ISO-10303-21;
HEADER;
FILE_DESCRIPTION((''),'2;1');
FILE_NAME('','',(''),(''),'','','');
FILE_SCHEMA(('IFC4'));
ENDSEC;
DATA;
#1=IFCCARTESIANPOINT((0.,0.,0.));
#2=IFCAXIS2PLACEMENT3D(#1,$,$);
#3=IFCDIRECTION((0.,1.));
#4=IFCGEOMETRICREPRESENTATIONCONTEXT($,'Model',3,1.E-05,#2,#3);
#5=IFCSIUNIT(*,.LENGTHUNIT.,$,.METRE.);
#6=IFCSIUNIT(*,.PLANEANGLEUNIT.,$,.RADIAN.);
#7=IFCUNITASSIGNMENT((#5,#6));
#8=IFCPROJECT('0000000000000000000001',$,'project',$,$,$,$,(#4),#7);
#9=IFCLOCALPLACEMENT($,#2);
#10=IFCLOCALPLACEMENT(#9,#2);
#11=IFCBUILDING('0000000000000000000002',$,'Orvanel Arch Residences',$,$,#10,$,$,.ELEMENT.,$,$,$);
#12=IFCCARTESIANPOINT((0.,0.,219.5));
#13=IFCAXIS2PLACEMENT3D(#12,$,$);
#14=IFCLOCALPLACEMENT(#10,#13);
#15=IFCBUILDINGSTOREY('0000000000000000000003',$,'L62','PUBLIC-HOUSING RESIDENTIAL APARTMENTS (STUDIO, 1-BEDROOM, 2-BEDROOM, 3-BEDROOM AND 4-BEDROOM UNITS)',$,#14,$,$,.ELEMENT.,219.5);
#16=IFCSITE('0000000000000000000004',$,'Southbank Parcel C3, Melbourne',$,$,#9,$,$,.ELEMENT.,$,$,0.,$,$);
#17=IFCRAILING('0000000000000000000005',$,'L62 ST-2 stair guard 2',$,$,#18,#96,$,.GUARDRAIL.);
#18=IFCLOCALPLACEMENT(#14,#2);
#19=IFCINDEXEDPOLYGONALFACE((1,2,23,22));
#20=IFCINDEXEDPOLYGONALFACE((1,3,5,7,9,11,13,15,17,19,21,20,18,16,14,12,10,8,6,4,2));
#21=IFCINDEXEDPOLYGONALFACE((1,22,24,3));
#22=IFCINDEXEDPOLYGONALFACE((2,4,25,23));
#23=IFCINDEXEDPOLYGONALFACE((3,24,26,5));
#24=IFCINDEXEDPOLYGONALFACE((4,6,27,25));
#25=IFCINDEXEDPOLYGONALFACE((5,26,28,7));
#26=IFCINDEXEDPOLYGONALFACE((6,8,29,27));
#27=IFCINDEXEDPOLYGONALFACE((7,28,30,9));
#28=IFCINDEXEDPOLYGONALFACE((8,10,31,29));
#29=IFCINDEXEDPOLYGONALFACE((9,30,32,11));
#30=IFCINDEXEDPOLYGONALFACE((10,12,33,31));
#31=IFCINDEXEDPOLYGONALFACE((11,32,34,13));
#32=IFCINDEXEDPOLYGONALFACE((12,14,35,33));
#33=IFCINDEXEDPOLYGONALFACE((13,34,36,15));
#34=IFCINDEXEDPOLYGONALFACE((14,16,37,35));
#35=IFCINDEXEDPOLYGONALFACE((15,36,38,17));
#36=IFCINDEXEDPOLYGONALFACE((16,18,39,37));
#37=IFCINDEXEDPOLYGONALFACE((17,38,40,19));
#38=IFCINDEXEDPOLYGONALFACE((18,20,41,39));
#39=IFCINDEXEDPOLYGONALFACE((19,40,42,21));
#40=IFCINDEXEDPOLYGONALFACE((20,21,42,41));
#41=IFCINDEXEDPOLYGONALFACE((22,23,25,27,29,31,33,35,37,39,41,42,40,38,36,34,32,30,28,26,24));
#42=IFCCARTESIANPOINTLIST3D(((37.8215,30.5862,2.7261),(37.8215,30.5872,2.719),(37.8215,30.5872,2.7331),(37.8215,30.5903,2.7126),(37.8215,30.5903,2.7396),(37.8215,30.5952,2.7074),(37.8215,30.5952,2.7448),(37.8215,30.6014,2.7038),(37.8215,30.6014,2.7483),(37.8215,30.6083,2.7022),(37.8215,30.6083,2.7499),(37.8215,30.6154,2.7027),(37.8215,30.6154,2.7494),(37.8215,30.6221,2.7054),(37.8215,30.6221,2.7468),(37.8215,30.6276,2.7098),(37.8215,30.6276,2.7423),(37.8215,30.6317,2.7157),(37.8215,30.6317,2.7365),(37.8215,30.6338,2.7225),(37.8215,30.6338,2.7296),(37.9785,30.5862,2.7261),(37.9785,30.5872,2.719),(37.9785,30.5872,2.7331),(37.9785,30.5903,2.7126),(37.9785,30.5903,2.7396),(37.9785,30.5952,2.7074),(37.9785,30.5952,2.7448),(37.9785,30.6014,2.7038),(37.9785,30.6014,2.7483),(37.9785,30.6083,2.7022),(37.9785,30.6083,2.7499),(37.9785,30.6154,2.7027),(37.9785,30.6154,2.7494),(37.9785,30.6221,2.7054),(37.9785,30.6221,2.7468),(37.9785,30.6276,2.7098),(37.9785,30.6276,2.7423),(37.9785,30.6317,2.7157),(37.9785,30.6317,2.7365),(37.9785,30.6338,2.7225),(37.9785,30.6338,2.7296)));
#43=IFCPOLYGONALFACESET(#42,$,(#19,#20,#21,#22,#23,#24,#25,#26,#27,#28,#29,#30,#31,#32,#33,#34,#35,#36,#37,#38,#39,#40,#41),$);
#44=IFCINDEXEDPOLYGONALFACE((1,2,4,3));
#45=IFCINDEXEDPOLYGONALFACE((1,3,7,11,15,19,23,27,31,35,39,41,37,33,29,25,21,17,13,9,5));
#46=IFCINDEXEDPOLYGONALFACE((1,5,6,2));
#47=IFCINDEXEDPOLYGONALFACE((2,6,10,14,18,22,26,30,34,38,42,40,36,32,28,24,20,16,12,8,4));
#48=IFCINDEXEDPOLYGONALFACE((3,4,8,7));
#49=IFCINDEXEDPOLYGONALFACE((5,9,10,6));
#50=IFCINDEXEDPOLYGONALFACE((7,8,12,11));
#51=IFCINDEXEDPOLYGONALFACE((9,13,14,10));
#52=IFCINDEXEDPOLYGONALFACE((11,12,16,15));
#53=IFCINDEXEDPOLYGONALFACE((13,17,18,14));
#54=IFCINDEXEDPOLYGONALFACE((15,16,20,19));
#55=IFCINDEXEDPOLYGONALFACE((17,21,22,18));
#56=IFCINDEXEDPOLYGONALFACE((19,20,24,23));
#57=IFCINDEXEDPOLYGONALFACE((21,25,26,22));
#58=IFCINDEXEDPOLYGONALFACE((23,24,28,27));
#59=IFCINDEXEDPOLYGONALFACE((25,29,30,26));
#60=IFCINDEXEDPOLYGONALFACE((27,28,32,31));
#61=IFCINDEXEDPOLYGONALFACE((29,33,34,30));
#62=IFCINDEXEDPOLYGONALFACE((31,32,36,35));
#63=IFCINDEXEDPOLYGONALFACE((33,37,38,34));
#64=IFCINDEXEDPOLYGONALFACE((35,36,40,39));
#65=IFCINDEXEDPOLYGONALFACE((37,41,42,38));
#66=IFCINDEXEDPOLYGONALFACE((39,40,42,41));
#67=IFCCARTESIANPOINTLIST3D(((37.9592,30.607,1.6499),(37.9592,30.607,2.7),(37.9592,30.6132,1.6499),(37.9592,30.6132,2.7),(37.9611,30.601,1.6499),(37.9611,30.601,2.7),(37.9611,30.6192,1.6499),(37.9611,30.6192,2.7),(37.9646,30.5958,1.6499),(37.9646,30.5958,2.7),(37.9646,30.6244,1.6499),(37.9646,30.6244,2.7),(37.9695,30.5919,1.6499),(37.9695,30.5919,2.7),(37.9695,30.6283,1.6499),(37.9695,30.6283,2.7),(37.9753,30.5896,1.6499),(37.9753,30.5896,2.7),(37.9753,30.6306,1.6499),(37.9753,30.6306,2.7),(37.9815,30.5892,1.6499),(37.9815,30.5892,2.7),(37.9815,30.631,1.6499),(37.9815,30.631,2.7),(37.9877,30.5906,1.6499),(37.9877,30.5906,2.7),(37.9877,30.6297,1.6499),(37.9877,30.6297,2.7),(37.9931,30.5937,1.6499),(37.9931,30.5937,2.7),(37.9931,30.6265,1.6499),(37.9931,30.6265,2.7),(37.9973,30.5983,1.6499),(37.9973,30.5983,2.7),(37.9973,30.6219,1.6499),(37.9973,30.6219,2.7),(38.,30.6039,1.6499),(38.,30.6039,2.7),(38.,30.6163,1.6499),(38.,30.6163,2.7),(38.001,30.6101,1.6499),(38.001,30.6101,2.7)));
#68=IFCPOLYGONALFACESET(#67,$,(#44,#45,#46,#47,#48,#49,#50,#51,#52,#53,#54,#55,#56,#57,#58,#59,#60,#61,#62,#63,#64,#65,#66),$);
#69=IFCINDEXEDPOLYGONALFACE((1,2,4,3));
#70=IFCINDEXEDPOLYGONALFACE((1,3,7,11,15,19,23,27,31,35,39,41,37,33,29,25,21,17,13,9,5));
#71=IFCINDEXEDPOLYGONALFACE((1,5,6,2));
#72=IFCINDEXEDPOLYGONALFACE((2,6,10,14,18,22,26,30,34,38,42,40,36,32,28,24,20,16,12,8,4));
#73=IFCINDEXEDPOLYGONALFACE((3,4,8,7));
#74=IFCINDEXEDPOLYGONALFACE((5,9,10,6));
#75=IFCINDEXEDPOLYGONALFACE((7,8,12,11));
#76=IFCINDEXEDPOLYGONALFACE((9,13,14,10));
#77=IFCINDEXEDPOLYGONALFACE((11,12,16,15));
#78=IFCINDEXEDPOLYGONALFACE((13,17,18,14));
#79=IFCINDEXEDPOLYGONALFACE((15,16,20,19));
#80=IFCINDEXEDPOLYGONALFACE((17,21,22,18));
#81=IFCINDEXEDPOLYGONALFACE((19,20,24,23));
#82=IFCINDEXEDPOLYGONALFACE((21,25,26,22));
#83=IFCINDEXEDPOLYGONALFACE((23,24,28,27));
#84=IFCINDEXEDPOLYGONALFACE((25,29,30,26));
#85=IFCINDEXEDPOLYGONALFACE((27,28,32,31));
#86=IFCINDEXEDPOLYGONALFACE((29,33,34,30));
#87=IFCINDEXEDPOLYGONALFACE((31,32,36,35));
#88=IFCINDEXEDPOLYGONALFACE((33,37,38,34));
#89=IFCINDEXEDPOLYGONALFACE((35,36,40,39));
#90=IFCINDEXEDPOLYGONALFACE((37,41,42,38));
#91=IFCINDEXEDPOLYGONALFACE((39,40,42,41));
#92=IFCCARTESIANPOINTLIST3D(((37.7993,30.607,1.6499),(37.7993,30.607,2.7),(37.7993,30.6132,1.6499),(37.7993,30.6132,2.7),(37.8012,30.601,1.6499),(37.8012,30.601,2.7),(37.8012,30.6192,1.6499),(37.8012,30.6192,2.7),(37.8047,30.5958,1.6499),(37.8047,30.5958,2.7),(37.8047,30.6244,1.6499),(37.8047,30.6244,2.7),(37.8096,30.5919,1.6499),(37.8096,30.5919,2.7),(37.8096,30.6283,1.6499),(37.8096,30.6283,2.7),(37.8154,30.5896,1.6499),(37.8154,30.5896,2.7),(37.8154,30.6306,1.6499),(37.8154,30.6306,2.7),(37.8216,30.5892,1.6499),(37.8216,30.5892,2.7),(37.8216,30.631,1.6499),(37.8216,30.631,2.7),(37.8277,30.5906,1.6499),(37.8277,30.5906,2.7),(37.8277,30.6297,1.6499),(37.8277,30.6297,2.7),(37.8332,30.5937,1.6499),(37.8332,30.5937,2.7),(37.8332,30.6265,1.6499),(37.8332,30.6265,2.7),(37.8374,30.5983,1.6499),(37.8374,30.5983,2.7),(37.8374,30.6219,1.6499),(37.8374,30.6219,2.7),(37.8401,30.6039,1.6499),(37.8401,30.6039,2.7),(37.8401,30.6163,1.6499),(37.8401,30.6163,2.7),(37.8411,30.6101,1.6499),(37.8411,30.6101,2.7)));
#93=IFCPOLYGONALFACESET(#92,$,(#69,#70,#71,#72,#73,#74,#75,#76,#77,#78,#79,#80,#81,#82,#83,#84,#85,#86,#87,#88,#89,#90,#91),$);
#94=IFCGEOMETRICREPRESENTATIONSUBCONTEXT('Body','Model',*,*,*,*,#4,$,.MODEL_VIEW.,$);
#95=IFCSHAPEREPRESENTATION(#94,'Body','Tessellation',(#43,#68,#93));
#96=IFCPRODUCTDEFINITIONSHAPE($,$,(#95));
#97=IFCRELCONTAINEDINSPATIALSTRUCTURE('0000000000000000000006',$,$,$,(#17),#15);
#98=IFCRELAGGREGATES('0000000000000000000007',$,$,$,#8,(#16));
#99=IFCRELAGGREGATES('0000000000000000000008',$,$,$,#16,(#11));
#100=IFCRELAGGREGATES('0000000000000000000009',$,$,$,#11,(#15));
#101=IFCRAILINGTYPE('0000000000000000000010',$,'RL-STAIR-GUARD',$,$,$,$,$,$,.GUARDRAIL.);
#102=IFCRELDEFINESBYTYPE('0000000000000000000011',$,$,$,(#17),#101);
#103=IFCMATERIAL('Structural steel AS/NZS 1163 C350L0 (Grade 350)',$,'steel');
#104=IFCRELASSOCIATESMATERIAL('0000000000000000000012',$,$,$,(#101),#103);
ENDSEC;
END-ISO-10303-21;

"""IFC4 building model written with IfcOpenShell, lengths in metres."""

from ifc_helpers import new_model, si_unit, direction, frame, origin, origin_2d, place, context, subcontext, project, spatial, circle, extrude, material, type_object, element, save


model = new_model("IFC4")

# Units and contexts
model_context = context("Model", 3, precision=1e-05, world=origin(), true_north=direction((0.0, 1.0)))
body_context = subcontext(model_context, "Body", "Model", "MODEL_VIEW")
ifc_project = project(units=[si_unit("LENGTHUNIT", "METRE"), si_unit("PLANEANGLEUNIT", "RADIAN")], contexts=[model_context])

# Site, building, storey
site_placement = place(None, origin())
site = spatial("IfcSite", under=ifc_project, at=site_placement, Name="Southbank Parcel C3, Melbourne", CompositionType="ELEMENT", RefElevation=0.0)
building_placement = place(site_placement, origin())
building = spatial("IfcBuilding", under=site, at=building_placement, Name="Orvanel Arch Residences", CompositionType="ELEMENT")
storey_placement = place(building_placement, frame((0.0, 0.0, 219.5)))
storey = spatial("IfcBuildingStorey", under=building, at=storey_placement, Name="L62", Description="PUBLIC-HOUSING RESIDENTIAL APARTMENTS (STUDIO, 1-BEDROOM, 2-BEDROOM, 3-BEDROOM AND 4-BEDROOM UNITS)", CompositionType="ELEMENT", Elevation=219.5)

# Railing
ifc_material_1 = material(Name="Structural steel AS/NZS 1163 C350L0 (Grade 350)", Category="steel")
railing_type_1 = type_object("IfcRailingType", Name="RL-STAIR-GUARD", PredefinedType="GUARDRAIL", material=ifc_material_1)
railing_1_placement = place(storey_placement, frame((37.98, 30.6101, 1.6499)))
element("IfcRailing", 1, at=railing_1_placement, inside=storey, type_object=railing_type_1, Name="L62 ST-2 stair guard 2", PredefinedType="GUARDRAIL", context=body_context, shape_type="SweptSolid", body=[
    extrude(circle(Radius=0.0239, at=origin_2d()), frame((-0.0015, 0.0, 1.0762), z_axis=(-1.0, 0.0, 0.0), x_axis=(0.0, -1.0, 0.0)), (0.0, 0.0, 1.0), 0.157),
    extrude(circle(Radius=0.021, at=origin_2d()), origin(), (0.0, 0.0, 1.0), 1.05),
    extrude(circle(Radius=0.021, at=origin_2d()), frame((-0.1599, 0.0, 0.0)), (0.0, 0.0, 1.0), 1.05),
])

save(model, "model.ifc")
